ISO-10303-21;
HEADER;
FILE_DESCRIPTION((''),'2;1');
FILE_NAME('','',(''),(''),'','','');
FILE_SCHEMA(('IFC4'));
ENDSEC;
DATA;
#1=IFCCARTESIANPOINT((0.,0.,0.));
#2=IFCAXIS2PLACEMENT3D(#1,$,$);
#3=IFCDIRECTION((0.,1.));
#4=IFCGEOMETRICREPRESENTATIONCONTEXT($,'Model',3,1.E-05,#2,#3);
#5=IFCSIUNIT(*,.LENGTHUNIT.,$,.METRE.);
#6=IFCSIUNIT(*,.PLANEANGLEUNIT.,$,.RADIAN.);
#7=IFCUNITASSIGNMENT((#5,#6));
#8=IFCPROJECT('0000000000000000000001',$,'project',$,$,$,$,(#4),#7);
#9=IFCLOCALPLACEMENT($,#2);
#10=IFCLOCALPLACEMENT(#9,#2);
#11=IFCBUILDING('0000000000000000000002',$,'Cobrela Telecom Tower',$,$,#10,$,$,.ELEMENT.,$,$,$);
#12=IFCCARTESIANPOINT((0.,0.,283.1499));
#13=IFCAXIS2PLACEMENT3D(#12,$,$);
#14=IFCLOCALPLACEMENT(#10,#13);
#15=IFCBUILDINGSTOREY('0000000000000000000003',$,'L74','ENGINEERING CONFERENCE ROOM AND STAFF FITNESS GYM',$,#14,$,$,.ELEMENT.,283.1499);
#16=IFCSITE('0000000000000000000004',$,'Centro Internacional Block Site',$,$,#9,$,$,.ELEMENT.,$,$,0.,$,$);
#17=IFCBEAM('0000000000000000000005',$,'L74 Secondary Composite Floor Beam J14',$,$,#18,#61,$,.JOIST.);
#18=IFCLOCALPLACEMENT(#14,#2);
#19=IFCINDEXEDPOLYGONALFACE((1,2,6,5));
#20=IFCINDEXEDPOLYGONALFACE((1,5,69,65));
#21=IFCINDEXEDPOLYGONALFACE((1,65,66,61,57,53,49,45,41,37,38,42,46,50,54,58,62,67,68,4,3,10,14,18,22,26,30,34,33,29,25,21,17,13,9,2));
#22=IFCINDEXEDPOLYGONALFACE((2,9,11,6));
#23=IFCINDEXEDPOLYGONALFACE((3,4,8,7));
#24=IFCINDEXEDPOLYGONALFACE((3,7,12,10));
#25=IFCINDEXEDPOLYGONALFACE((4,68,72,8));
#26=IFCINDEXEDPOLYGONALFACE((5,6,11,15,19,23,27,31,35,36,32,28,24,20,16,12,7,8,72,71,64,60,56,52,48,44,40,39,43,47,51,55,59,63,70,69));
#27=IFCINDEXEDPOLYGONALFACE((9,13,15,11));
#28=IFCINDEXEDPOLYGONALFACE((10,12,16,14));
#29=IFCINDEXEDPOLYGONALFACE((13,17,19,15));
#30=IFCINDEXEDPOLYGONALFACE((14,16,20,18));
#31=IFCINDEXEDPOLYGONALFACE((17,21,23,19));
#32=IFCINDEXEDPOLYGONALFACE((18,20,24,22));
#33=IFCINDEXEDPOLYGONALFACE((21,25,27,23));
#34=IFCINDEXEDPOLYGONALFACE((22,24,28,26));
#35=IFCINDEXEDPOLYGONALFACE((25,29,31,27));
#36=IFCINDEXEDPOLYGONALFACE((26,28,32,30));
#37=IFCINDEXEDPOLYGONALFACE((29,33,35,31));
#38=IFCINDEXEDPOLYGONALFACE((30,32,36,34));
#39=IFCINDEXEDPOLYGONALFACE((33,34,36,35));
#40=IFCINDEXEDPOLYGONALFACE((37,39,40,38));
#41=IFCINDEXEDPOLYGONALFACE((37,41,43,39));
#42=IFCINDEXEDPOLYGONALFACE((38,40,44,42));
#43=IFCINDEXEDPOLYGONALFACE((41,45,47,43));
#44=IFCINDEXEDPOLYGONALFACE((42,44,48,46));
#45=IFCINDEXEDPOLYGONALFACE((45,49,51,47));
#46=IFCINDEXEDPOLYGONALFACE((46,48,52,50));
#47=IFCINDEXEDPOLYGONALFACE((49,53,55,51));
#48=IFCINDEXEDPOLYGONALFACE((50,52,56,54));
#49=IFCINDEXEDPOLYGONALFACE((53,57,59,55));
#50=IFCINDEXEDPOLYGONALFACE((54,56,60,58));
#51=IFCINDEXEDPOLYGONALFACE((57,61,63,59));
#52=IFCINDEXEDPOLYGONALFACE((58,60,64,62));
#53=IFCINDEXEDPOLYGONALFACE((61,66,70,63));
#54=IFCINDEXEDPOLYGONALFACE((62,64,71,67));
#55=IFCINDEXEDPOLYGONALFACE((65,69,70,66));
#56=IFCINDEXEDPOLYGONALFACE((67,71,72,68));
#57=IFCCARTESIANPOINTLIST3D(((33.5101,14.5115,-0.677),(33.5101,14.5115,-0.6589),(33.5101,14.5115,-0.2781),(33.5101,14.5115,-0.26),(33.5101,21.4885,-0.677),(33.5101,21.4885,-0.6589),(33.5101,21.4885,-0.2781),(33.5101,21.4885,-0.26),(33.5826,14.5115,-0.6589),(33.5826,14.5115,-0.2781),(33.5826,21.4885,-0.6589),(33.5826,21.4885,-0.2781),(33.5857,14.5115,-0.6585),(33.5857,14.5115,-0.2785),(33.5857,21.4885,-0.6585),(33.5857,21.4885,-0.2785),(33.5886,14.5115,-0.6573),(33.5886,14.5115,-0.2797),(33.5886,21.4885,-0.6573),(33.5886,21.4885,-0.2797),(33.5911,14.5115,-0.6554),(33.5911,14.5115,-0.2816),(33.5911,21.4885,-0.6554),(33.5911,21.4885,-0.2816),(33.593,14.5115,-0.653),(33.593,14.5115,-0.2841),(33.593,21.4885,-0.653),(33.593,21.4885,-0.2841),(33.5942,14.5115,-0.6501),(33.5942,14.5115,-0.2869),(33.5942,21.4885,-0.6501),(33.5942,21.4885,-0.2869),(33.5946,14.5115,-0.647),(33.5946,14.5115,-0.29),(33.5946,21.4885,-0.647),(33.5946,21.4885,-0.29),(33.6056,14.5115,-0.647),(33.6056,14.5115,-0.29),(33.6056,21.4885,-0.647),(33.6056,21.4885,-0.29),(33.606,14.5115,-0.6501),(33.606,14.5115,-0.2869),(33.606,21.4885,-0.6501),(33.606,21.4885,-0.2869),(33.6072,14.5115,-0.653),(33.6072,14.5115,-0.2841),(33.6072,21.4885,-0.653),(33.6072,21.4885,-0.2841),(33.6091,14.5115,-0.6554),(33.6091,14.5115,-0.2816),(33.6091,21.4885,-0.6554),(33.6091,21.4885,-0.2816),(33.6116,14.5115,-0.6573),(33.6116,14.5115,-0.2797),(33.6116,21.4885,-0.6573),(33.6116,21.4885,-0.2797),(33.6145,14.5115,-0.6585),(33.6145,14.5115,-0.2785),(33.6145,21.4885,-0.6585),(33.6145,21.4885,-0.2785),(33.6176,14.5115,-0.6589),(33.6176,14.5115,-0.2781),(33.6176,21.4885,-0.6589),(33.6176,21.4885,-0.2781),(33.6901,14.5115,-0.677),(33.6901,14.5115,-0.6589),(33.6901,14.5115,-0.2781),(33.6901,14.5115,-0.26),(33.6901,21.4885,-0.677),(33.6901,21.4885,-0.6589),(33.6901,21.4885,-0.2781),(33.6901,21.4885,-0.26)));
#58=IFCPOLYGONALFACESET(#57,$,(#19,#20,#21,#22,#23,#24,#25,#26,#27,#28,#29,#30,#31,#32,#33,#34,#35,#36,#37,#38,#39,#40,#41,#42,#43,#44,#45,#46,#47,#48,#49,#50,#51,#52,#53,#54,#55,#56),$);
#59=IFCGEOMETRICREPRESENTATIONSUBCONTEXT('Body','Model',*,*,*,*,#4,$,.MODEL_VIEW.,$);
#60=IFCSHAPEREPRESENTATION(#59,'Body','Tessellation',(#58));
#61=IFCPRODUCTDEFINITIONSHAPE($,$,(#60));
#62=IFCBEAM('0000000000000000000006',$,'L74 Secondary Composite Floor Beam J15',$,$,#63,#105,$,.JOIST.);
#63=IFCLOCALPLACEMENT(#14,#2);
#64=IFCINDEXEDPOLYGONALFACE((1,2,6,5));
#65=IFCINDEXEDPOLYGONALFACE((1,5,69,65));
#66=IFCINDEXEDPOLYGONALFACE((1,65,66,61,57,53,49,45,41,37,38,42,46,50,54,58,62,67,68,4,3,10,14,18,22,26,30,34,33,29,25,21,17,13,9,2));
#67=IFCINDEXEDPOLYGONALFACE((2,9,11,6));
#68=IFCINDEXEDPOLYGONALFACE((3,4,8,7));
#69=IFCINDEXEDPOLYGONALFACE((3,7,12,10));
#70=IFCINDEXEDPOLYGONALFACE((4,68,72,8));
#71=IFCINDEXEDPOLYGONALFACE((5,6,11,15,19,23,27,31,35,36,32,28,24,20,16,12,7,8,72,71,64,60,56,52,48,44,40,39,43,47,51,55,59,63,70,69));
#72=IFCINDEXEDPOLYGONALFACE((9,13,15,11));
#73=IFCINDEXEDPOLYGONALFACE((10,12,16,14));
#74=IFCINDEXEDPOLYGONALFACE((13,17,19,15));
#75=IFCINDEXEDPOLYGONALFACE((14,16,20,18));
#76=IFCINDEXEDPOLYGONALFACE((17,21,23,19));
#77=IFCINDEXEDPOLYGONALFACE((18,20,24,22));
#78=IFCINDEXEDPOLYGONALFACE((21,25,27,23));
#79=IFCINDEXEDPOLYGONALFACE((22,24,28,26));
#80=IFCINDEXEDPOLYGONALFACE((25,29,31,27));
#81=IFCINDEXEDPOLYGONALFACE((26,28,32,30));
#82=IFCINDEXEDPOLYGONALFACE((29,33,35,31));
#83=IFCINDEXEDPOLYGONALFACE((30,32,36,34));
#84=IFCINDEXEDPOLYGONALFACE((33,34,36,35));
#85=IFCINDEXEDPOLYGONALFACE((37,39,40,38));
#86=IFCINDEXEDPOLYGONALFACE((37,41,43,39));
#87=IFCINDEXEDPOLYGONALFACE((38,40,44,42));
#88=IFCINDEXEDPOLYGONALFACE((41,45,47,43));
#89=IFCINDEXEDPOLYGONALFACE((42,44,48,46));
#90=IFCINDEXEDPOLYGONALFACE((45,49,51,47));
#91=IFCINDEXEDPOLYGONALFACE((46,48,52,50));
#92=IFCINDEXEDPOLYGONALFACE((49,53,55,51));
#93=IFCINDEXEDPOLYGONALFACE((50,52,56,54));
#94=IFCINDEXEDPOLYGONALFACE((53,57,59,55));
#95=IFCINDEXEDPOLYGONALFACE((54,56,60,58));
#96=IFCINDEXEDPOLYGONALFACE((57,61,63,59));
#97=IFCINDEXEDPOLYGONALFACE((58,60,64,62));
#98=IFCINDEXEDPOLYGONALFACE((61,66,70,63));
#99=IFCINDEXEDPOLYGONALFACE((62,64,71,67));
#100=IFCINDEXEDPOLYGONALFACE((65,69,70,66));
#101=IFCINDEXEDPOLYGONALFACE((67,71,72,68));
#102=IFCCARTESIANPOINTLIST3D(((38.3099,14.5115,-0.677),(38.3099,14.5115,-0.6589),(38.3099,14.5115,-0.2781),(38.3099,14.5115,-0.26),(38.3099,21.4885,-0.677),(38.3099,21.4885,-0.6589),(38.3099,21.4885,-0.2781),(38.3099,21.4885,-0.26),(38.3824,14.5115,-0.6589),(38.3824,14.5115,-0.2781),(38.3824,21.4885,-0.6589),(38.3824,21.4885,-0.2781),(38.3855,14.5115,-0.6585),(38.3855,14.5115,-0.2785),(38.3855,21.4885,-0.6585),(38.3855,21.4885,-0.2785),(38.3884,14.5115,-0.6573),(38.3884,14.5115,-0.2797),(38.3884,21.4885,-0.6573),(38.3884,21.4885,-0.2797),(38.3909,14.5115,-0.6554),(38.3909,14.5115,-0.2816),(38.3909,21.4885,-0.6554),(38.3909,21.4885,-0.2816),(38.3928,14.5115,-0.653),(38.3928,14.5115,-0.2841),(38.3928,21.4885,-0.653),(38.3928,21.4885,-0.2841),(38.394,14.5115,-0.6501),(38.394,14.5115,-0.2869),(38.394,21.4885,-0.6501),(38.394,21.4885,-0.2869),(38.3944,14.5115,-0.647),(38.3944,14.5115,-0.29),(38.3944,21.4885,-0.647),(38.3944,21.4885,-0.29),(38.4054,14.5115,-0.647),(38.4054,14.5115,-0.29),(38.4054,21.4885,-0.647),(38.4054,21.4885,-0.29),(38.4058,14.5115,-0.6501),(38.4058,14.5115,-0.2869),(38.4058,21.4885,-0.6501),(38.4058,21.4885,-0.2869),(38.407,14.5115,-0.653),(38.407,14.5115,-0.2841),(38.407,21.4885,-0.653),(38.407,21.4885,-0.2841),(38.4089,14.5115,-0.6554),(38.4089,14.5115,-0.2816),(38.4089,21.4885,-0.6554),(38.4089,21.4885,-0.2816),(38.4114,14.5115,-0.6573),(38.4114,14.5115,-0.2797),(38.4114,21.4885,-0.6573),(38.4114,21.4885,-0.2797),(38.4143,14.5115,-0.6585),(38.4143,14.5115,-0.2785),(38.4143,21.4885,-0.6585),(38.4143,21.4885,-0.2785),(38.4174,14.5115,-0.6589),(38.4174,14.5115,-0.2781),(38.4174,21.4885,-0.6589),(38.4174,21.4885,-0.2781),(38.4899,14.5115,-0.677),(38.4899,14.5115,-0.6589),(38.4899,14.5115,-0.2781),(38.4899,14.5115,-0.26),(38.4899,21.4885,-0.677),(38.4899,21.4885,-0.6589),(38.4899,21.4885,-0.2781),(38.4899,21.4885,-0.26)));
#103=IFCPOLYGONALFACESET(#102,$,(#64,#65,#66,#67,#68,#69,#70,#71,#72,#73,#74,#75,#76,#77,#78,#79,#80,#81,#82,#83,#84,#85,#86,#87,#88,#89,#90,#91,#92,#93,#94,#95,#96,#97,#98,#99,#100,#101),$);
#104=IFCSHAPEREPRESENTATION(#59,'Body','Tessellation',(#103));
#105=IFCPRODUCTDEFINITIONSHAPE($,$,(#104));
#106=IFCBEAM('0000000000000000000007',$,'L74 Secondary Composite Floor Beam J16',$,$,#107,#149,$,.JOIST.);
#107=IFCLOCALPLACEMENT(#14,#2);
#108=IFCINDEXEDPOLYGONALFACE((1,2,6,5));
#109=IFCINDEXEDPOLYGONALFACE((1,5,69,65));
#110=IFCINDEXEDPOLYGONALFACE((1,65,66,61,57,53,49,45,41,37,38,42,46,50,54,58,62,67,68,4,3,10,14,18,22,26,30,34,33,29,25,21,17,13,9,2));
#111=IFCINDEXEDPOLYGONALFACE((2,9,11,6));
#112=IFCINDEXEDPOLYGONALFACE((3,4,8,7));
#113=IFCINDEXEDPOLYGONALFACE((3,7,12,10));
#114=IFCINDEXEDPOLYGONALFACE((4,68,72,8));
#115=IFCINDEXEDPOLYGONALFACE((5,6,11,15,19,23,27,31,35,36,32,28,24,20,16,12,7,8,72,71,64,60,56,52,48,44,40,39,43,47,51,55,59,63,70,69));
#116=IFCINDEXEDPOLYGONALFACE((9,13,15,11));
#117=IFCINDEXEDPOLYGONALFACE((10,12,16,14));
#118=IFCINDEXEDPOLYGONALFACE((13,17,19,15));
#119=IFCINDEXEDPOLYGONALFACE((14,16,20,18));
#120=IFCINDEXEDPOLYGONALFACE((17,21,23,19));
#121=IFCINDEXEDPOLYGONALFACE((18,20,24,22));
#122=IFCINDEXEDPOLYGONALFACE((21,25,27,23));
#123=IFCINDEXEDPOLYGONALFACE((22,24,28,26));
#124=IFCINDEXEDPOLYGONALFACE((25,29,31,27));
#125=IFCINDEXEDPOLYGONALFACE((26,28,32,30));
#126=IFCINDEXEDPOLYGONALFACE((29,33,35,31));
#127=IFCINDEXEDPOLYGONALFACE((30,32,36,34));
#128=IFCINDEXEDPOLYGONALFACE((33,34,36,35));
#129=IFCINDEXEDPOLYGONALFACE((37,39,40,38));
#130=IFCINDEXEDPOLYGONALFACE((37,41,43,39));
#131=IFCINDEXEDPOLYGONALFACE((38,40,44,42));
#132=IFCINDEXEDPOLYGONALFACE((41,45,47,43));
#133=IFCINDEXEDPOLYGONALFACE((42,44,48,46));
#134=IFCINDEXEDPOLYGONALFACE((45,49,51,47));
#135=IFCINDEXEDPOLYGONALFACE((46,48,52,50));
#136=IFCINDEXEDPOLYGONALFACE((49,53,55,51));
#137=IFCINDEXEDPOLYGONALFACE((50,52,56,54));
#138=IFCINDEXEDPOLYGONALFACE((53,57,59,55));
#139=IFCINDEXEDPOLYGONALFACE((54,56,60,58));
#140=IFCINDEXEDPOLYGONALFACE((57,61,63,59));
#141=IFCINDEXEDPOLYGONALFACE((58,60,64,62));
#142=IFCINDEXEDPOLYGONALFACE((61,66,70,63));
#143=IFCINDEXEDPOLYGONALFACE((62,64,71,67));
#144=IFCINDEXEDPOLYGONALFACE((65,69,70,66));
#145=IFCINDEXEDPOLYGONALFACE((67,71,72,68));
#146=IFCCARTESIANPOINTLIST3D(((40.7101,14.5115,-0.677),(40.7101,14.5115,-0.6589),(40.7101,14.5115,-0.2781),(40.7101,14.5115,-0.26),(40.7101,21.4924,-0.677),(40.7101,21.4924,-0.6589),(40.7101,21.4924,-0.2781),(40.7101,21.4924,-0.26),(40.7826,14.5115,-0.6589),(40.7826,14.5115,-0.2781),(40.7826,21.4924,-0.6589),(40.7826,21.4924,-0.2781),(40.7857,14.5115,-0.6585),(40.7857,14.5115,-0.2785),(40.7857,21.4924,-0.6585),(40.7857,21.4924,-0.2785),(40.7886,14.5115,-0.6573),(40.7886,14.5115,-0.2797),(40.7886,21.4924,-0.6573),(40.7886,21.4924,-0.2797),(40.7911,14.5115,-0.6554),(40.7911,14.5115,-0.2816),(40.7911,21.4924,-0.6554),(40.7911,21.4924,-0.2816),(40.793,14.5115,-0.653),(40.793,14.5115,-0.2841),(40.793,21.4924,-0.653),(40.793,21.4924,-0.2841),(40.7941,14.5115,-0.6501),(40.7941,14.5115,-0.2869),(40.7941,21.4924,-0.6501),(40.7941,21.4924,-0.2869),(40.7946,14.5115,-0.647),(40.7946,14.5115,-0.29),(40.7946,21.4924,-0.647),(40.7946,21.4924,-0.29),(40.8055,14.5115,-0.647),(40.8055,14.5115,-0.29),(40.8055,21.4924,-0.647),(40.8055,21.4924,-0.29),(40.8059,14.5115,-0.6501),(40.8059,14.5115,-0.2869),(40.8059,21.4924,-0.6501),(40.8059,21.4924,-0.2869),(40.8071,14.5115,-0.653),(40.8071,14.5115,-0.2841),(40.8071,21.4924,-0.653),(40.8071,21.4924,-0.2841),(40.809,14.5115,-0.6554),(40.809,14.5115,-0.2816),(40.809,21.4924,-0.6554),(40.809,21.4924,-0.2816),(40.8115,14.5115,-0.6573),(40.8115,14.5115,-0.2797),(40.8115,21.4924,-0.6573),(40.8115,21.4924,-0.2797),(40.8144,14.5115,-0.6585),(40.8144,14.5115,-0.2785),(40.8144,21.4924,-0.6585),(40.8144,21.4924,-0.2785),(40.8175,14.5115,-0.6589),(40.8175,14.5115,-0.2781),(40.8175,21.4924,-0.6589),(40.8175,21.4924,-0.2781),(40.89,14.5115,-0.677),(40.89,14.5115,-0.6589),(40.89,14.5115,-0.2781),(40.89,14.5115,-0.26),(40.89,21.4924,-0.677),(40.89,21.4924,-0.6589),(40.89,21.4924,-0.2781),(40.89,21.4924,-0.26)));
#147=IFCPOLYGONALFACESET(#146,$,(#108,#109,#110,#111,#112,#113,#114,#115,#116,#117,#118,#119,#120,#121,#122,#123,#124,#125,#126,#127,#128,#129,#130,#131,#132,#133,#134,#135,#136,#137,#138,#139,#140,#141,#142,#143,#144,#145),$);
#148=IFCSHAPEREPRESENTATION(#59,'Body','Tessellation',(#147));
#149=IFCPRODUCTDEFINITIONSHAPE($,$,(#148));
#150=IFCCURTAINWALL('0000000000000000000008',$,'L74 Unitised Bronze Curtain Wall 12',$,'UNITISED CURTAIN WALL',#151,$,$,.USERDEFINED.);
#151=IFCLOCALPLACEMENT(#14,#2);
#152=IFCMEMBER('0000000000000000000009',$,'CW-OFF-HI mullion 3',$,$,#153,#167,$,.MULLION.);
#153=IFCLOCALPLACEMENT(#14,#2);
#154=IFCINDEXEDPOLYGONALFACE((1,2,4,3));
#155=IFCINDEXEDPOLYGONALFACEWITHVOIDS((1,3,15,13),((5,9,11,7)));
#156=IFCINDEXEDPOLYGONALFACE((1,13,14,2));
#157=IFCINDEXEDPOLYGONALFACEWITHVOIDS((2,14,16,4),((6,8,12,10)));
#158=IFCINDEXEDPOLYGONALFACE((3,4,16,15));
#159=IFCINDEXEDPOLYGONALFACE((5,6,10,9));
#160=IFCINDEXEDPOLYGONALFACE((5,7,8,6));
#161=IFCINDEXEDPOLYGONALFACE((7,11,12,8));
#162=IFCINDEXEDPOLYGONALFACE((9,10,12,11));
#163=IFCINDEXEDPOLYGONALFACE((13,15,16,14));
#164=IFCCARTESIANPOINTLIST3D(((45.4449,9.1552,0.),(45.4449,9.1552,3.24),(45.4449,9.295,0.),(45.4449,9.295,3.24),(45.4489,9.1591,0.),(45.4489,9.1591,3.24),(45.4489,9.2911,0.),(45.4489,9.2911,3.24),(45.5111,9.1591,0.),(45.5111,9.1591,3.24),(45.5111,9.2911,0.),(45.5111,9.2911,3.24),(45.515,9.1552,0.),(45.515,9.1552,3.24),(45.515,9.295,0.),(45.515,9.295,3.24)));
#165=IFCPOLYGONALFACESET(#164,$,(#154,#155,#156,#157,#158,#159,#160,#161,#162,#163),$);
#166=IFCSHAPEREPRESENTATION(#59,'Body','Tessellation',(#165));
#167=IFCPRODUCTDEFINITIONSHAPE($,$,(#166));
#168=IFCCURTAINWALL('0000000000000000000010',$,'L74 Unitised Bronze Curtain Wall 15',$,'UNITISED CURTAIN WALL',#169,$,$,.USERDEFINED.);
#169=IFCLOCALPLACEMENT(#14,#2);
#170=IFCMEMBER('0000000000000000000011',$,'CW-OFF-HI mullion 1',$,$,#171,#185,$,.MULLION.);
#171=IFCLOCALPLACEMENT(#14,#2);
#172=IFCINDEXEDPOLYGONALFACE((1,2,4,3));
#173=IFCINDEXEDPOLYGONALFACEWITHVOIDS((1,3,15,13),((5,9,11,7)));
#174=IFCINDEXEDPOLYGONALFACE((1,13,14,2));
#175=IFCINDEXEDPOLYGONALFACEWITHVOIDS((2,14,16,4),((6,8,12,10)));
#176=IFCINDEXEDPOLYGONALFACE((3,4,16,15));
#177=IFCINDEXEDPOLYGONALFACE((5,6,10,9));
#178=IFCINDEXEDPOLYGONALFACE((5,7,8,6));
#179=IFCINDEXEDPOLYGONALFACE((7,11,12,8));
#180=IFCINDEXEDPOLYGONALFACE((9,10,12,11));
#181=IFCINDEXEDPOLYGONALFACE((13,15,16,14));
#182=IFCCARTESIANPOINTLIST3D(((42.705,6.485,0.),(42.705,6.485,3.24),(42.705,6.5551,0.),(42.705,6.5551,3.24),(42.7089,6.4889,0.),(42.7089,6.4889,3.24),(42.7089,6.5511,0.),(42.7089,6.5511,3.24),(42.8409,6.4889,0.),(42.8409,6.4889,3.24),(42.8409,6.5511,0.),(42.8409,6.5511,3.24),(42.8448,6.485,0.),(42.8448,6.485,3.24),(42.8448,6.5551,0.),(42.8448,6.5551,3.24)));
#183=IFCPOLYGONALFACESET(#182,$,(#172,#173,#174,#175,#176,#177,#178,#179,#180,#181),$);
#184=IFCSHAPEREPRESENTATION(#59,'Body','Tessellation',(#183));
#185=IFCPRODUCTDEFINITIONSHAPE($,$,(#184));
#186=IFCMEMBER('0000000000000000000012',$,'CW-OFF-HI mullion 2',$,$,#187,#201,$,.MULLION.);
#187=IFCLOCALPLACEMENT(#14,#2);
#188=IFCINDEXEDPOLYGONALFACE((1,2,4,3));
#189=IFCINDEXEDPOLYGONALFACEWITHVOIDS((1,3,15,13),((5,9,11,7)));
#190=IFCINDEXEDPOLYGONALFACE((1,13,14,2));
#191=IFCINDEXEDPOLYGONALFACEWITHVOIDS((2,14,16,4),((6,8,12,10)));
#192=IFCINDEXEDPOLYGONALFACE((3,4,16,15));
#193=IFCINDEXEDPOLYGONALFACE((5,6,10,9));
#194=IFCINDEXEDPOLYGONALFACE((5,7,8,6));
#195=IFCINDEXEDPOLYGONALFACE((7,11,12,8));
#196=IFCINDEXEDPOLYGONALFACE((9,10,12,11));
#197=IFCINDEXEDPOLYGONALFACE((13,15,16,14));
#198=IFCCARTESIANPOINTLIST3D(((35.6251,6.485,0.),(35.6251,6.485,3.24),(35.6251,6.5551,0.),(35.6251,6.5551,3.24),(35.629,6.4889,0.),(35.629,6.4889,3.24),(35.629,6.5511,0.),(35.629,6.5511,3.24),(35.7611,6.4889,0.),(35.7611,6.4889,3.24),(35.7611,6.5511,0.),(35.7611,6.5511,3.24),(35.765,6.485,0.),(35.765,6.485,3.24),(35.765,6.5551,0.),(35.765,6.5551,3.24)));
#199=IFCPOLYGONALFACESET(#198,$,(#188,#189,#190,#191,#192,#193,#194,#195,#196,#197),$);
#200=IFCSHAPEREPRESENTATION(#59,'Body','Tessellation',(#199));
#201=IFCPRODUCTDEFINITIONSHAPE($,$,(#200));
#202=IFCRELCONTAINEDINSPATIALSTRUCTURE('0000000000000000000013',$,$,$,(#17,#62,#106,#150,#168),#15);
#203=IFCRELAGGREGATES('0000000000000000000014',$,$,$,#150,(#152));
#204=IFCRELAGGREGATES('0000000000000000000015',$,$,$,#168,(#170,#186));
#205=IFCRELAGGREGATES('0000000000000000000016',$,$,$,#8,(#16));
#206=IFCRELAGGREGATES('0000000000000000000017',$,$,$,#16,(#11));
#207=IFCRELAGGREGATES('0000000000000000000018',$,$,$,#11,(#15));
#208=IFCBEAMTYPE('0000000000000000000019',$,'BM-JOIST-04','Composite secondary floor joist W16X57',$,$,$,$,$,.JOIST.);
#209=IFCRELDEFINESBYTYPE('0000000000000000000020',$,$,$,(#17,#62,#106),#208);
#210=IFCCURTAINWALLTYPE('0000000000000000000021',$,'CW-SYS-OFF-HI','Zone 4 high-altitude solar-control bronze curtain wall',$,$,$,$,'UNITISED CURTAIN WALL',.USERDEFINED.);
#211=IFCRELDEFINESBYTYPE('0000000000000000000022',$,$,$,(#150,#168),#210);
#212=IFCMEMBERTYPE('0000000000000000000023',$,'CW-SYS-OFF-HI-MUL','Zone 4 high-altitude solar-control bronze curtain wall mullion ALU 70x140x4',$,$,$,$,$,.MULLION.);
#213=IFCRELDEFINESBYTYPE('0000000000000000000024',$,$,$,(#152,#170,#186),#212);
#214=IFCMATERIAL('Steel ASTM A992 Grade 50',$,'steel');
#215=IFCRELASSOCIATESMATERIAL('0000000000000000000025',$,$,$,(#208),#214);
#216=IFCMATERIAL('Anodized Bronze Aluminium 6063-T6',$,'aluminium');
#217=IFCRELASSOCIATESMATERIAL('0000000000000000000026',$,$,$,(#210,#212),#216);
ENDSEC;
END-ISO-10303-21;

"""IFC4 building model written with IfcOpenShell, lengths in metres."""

from ifc_helpers import new_model, si_unit, direction, frame, origin, origin_2d, place, context, subcontext, project, spatial, hollow_rectangle, i_section, extrude, material, material_profile, profile_set, type_object, element, aggregate, save


model = new_model("IFC4")

# Units and contexts
model_context = context("Model", 3, precision=1e-05, world=origin(), true_north=direction((0.0, 1.0)))
body_context = subcontext(model_context, "Body", "Model", "MODEL_VIEW")
ifc_project = project(units=[si_unit("LENGTHUNIT", "METRE"), si_unit("PLANEANGLEUNIT", "RADIAN")], contexts=[model_context])

# Site, building, storey
site_placement = place(None, origin())
site = spatial("IfcSite", under=ifc_project, at=site_placement, Name="Centro Internacional Block Site", CompositionType="ELEMENT", RefElevation=0.0)
building_placement = place(site_placement, origin())
building = spatial("IfcBuilding", under=site, at=building_placement, Name="Cobrela Telecom Tower", CompositionType="ELEMENT")
storey_placement = place(building_placement, frame((0.0, 0.0, 283.1499)))
storey = spatial("IfcBuildingStorey", under=building, at=storey_placement, Name="L74", Description="ENGINEERING CONFERENCE ROOM AND STAFF FITNESS GYM", CompositionType="ELEMENT", Elevation=283.1499)

# Shared definitions
ifc_material_1 = material(Name="Steel ASTM A992 Grade 50", Category="steel")

# Beams
ifc_material_profile_1 = material_profile(ifc_material_1, i_section(OverallWidth=0.1799, OverallDepth=0.417, WebThickness=0.011, FlangeThickness=0.0181, FilletRadius=0.012, at=origin_2d()), Name="W16X57")
ifc_profile_set_1 = profile_set([ifc_material_profile_1], Name="Steel ASTM A992 Grade 50")
beam_type_1 = type_object("IfcBeamType", Name="BM-JOIST-04", Description="Composite secondary floor joist W16X57", PredefinedType="JOIST", material=ifc_profile_set_1)
for number, where, z_axis, x_axis, name in (
    (1, (33.6001, 14.5115, -0.4685), (0.0, 1.0, 0.0), (-1.0, 0.0, 0.0), "L74 Secondary Composite Floor Beam J14"),
    (2, (38.3999, 14.5115, -0.4685), (0.0, 1.0, 0.0), (-1.0, 0.0, 0.0), "L74 Secondary Composite Floor Beam J15"),
):
    element("IfcBeam", number, at=place(storey_placement, frame(where, z_axis=z_axis, x_axis=x_axis)), inside=storey, type_object=beam_type_1, Name=name, PredefinedType="JOIST", context=body_context, shape_type="SweptSolid", body=[
        extrude(i_section(OverallWidth=0.1799, OverallDepth=0.417, WebThickness=0.011, FlangeThickness=0.0181, FilletRadius=0.012, at=origin_2d()), origin(), (0.0, 0.0, 1.0), 6.9771),
    ])
beam_1_placement = place(storey_placement, frame((40.8, 14.5115, -0.4685), z_axis=(0.0, 1.0, 0.0), x_axis=(-1.0, 0.0, 0.0)))
element("IfcBeam", 3, at=beam_1_placement, inside=storey, type_object=beam_type_1, Name="L74 Secondary Composite Floor Beam J16", PredefinedType="JOIST", context=body_context, shape_type="SweptSolid", body=[
    extrude(i_section(OverallWidth=0.1799, OverallDepth=0.417, WebThickness=0.011, FlangeThickness=0.0181, FilletRadius=0.012, at=origin_2d()), origin(), (0.0, 0.0, 1.0), 6.981),
])

# Curtain wall, member
ifc_material_2 = material(Name="Anodized Bronze Aluminium 6063-T6", Category="aluminium")
curtain_wall_type = type_object("IfcCurtainWallType", Name="CW-SYS-OFF-HI", Description="Zone 4 high-altitude solar-control bronze curtain wall", ElementType="UNITISED CURTAIN WALL", PredefinedType="USERDEFINED", material=ifc_material_2)
curtain_wall_1_placement = place(storey_placement, origin())
curtain_wall_1 = element("IfcCurtainWall", 4, at=curtain_wall_1_placement, inside=storey, type_object=curtain_wall_type, Name="L74 Unitised Bronze Curtain Wall 12", ObjectType="UNITISED CURTAIN WALL", PredefinedType="USERDEFINED")
ifc_material_profile_2 = material_profile(ifc_material_2, hollow_rectangle(XDim=0.0701, YDim=0.1399, WallThickness=0.0039, at=origin_2d()), Name="ALU 70x140x4")
ifc_profile_set_2 = profile_set([ifc_material_profile_2], Name="Anodized Bronze Aluminium 6063-T6")
member_type_1 = type_object("IfcMemberType", Name="CW-SYS-OFF-HI-MUL", Description="Zone 4 high-altitude solar-control bronze curtain wall mullion ALU 70x140x4", PredefinedType="MULLION", material=ifc_profile_set_2)
member_1_placement = place(storey_placement, frame((45.48, 9.2251, 0.0), z_axis=(0.0, 0.0, 1.0), x_axis=(1.0, 0.0, 0.0)))
member_1 = element("IfcMember", 5, at=member_1_placement, type_object=member_type_1, Name="CW-OFF-HI mullion 3", PredefinedType="MULLION", context=body_context, shape_type="SweptSolid", body=[
    extrude(hollow_rectangle(XDim=0.0701, YDim=0.1399, WallThickness=0.0039, at=origin_2d()), origin(), (0.0, 0.0, 1.0), 3.24),
])

# Curtain wall, members
curtain_wall_2_placement = place(storey_placement, origin())
curtain_wall_2 = element("IfcCurtainWall", 6, at=curtain_wall_2_placement, inside=storey, type_object=curtain_wall_type, Name="L74 Unitised Bronze Curtain Wall 15", ObjectType="UNITISED CURTAIN WALL", PredefinedType="USERDEFINED")
member_2_placement = place(storey_placement, frame((42.7749, 6.52, 0.0), z_axis=(0.0, 0.0, 1.0), x_axis=(0.0, -1.0, 0.0)))
member_2 = element("IfcMember", 7, at=member_2_placement, type_object=member_type_1, Name="CW-OFF-HI mullion 1", PredefinedType="MULLION", context=body_context, shape_type="SweptSolid", body=[
    extrude(hollow_rectangle(XDim=0.0701, YDim=0.1399, WallThickness=0.0039, at=origin_2d()), origin(), (0.0, 0.0, 1.0), 3.24),
])
member_3_placement = place(storey_placement, frame((35.6951, 6.52, 0.0), z_axis=(0.0, 0.0, 1.0), x_axis=(0.0, -1.0, 0.0)))
member_3 = element("IfcMember", 8, at=member_3_placement, type_object=member_type_1, Name="CW-OFF-HI mullion 2", PredefinedType="MULLION", context=body_context, shape_type="SweptSolid", body=[
    extrude(hollow_rectangle(XDim=0.0701, YDim=0.1399, WallThickness=0.0039, at=origin_2d()), origin(), (0.0, 0.0, 1.0), 3.24),
])

aggregate(curtain_wall_1, [member_1])
aggregate(curtain_wall_2, [member_2, member_3])

save(model, "model.ifc")
